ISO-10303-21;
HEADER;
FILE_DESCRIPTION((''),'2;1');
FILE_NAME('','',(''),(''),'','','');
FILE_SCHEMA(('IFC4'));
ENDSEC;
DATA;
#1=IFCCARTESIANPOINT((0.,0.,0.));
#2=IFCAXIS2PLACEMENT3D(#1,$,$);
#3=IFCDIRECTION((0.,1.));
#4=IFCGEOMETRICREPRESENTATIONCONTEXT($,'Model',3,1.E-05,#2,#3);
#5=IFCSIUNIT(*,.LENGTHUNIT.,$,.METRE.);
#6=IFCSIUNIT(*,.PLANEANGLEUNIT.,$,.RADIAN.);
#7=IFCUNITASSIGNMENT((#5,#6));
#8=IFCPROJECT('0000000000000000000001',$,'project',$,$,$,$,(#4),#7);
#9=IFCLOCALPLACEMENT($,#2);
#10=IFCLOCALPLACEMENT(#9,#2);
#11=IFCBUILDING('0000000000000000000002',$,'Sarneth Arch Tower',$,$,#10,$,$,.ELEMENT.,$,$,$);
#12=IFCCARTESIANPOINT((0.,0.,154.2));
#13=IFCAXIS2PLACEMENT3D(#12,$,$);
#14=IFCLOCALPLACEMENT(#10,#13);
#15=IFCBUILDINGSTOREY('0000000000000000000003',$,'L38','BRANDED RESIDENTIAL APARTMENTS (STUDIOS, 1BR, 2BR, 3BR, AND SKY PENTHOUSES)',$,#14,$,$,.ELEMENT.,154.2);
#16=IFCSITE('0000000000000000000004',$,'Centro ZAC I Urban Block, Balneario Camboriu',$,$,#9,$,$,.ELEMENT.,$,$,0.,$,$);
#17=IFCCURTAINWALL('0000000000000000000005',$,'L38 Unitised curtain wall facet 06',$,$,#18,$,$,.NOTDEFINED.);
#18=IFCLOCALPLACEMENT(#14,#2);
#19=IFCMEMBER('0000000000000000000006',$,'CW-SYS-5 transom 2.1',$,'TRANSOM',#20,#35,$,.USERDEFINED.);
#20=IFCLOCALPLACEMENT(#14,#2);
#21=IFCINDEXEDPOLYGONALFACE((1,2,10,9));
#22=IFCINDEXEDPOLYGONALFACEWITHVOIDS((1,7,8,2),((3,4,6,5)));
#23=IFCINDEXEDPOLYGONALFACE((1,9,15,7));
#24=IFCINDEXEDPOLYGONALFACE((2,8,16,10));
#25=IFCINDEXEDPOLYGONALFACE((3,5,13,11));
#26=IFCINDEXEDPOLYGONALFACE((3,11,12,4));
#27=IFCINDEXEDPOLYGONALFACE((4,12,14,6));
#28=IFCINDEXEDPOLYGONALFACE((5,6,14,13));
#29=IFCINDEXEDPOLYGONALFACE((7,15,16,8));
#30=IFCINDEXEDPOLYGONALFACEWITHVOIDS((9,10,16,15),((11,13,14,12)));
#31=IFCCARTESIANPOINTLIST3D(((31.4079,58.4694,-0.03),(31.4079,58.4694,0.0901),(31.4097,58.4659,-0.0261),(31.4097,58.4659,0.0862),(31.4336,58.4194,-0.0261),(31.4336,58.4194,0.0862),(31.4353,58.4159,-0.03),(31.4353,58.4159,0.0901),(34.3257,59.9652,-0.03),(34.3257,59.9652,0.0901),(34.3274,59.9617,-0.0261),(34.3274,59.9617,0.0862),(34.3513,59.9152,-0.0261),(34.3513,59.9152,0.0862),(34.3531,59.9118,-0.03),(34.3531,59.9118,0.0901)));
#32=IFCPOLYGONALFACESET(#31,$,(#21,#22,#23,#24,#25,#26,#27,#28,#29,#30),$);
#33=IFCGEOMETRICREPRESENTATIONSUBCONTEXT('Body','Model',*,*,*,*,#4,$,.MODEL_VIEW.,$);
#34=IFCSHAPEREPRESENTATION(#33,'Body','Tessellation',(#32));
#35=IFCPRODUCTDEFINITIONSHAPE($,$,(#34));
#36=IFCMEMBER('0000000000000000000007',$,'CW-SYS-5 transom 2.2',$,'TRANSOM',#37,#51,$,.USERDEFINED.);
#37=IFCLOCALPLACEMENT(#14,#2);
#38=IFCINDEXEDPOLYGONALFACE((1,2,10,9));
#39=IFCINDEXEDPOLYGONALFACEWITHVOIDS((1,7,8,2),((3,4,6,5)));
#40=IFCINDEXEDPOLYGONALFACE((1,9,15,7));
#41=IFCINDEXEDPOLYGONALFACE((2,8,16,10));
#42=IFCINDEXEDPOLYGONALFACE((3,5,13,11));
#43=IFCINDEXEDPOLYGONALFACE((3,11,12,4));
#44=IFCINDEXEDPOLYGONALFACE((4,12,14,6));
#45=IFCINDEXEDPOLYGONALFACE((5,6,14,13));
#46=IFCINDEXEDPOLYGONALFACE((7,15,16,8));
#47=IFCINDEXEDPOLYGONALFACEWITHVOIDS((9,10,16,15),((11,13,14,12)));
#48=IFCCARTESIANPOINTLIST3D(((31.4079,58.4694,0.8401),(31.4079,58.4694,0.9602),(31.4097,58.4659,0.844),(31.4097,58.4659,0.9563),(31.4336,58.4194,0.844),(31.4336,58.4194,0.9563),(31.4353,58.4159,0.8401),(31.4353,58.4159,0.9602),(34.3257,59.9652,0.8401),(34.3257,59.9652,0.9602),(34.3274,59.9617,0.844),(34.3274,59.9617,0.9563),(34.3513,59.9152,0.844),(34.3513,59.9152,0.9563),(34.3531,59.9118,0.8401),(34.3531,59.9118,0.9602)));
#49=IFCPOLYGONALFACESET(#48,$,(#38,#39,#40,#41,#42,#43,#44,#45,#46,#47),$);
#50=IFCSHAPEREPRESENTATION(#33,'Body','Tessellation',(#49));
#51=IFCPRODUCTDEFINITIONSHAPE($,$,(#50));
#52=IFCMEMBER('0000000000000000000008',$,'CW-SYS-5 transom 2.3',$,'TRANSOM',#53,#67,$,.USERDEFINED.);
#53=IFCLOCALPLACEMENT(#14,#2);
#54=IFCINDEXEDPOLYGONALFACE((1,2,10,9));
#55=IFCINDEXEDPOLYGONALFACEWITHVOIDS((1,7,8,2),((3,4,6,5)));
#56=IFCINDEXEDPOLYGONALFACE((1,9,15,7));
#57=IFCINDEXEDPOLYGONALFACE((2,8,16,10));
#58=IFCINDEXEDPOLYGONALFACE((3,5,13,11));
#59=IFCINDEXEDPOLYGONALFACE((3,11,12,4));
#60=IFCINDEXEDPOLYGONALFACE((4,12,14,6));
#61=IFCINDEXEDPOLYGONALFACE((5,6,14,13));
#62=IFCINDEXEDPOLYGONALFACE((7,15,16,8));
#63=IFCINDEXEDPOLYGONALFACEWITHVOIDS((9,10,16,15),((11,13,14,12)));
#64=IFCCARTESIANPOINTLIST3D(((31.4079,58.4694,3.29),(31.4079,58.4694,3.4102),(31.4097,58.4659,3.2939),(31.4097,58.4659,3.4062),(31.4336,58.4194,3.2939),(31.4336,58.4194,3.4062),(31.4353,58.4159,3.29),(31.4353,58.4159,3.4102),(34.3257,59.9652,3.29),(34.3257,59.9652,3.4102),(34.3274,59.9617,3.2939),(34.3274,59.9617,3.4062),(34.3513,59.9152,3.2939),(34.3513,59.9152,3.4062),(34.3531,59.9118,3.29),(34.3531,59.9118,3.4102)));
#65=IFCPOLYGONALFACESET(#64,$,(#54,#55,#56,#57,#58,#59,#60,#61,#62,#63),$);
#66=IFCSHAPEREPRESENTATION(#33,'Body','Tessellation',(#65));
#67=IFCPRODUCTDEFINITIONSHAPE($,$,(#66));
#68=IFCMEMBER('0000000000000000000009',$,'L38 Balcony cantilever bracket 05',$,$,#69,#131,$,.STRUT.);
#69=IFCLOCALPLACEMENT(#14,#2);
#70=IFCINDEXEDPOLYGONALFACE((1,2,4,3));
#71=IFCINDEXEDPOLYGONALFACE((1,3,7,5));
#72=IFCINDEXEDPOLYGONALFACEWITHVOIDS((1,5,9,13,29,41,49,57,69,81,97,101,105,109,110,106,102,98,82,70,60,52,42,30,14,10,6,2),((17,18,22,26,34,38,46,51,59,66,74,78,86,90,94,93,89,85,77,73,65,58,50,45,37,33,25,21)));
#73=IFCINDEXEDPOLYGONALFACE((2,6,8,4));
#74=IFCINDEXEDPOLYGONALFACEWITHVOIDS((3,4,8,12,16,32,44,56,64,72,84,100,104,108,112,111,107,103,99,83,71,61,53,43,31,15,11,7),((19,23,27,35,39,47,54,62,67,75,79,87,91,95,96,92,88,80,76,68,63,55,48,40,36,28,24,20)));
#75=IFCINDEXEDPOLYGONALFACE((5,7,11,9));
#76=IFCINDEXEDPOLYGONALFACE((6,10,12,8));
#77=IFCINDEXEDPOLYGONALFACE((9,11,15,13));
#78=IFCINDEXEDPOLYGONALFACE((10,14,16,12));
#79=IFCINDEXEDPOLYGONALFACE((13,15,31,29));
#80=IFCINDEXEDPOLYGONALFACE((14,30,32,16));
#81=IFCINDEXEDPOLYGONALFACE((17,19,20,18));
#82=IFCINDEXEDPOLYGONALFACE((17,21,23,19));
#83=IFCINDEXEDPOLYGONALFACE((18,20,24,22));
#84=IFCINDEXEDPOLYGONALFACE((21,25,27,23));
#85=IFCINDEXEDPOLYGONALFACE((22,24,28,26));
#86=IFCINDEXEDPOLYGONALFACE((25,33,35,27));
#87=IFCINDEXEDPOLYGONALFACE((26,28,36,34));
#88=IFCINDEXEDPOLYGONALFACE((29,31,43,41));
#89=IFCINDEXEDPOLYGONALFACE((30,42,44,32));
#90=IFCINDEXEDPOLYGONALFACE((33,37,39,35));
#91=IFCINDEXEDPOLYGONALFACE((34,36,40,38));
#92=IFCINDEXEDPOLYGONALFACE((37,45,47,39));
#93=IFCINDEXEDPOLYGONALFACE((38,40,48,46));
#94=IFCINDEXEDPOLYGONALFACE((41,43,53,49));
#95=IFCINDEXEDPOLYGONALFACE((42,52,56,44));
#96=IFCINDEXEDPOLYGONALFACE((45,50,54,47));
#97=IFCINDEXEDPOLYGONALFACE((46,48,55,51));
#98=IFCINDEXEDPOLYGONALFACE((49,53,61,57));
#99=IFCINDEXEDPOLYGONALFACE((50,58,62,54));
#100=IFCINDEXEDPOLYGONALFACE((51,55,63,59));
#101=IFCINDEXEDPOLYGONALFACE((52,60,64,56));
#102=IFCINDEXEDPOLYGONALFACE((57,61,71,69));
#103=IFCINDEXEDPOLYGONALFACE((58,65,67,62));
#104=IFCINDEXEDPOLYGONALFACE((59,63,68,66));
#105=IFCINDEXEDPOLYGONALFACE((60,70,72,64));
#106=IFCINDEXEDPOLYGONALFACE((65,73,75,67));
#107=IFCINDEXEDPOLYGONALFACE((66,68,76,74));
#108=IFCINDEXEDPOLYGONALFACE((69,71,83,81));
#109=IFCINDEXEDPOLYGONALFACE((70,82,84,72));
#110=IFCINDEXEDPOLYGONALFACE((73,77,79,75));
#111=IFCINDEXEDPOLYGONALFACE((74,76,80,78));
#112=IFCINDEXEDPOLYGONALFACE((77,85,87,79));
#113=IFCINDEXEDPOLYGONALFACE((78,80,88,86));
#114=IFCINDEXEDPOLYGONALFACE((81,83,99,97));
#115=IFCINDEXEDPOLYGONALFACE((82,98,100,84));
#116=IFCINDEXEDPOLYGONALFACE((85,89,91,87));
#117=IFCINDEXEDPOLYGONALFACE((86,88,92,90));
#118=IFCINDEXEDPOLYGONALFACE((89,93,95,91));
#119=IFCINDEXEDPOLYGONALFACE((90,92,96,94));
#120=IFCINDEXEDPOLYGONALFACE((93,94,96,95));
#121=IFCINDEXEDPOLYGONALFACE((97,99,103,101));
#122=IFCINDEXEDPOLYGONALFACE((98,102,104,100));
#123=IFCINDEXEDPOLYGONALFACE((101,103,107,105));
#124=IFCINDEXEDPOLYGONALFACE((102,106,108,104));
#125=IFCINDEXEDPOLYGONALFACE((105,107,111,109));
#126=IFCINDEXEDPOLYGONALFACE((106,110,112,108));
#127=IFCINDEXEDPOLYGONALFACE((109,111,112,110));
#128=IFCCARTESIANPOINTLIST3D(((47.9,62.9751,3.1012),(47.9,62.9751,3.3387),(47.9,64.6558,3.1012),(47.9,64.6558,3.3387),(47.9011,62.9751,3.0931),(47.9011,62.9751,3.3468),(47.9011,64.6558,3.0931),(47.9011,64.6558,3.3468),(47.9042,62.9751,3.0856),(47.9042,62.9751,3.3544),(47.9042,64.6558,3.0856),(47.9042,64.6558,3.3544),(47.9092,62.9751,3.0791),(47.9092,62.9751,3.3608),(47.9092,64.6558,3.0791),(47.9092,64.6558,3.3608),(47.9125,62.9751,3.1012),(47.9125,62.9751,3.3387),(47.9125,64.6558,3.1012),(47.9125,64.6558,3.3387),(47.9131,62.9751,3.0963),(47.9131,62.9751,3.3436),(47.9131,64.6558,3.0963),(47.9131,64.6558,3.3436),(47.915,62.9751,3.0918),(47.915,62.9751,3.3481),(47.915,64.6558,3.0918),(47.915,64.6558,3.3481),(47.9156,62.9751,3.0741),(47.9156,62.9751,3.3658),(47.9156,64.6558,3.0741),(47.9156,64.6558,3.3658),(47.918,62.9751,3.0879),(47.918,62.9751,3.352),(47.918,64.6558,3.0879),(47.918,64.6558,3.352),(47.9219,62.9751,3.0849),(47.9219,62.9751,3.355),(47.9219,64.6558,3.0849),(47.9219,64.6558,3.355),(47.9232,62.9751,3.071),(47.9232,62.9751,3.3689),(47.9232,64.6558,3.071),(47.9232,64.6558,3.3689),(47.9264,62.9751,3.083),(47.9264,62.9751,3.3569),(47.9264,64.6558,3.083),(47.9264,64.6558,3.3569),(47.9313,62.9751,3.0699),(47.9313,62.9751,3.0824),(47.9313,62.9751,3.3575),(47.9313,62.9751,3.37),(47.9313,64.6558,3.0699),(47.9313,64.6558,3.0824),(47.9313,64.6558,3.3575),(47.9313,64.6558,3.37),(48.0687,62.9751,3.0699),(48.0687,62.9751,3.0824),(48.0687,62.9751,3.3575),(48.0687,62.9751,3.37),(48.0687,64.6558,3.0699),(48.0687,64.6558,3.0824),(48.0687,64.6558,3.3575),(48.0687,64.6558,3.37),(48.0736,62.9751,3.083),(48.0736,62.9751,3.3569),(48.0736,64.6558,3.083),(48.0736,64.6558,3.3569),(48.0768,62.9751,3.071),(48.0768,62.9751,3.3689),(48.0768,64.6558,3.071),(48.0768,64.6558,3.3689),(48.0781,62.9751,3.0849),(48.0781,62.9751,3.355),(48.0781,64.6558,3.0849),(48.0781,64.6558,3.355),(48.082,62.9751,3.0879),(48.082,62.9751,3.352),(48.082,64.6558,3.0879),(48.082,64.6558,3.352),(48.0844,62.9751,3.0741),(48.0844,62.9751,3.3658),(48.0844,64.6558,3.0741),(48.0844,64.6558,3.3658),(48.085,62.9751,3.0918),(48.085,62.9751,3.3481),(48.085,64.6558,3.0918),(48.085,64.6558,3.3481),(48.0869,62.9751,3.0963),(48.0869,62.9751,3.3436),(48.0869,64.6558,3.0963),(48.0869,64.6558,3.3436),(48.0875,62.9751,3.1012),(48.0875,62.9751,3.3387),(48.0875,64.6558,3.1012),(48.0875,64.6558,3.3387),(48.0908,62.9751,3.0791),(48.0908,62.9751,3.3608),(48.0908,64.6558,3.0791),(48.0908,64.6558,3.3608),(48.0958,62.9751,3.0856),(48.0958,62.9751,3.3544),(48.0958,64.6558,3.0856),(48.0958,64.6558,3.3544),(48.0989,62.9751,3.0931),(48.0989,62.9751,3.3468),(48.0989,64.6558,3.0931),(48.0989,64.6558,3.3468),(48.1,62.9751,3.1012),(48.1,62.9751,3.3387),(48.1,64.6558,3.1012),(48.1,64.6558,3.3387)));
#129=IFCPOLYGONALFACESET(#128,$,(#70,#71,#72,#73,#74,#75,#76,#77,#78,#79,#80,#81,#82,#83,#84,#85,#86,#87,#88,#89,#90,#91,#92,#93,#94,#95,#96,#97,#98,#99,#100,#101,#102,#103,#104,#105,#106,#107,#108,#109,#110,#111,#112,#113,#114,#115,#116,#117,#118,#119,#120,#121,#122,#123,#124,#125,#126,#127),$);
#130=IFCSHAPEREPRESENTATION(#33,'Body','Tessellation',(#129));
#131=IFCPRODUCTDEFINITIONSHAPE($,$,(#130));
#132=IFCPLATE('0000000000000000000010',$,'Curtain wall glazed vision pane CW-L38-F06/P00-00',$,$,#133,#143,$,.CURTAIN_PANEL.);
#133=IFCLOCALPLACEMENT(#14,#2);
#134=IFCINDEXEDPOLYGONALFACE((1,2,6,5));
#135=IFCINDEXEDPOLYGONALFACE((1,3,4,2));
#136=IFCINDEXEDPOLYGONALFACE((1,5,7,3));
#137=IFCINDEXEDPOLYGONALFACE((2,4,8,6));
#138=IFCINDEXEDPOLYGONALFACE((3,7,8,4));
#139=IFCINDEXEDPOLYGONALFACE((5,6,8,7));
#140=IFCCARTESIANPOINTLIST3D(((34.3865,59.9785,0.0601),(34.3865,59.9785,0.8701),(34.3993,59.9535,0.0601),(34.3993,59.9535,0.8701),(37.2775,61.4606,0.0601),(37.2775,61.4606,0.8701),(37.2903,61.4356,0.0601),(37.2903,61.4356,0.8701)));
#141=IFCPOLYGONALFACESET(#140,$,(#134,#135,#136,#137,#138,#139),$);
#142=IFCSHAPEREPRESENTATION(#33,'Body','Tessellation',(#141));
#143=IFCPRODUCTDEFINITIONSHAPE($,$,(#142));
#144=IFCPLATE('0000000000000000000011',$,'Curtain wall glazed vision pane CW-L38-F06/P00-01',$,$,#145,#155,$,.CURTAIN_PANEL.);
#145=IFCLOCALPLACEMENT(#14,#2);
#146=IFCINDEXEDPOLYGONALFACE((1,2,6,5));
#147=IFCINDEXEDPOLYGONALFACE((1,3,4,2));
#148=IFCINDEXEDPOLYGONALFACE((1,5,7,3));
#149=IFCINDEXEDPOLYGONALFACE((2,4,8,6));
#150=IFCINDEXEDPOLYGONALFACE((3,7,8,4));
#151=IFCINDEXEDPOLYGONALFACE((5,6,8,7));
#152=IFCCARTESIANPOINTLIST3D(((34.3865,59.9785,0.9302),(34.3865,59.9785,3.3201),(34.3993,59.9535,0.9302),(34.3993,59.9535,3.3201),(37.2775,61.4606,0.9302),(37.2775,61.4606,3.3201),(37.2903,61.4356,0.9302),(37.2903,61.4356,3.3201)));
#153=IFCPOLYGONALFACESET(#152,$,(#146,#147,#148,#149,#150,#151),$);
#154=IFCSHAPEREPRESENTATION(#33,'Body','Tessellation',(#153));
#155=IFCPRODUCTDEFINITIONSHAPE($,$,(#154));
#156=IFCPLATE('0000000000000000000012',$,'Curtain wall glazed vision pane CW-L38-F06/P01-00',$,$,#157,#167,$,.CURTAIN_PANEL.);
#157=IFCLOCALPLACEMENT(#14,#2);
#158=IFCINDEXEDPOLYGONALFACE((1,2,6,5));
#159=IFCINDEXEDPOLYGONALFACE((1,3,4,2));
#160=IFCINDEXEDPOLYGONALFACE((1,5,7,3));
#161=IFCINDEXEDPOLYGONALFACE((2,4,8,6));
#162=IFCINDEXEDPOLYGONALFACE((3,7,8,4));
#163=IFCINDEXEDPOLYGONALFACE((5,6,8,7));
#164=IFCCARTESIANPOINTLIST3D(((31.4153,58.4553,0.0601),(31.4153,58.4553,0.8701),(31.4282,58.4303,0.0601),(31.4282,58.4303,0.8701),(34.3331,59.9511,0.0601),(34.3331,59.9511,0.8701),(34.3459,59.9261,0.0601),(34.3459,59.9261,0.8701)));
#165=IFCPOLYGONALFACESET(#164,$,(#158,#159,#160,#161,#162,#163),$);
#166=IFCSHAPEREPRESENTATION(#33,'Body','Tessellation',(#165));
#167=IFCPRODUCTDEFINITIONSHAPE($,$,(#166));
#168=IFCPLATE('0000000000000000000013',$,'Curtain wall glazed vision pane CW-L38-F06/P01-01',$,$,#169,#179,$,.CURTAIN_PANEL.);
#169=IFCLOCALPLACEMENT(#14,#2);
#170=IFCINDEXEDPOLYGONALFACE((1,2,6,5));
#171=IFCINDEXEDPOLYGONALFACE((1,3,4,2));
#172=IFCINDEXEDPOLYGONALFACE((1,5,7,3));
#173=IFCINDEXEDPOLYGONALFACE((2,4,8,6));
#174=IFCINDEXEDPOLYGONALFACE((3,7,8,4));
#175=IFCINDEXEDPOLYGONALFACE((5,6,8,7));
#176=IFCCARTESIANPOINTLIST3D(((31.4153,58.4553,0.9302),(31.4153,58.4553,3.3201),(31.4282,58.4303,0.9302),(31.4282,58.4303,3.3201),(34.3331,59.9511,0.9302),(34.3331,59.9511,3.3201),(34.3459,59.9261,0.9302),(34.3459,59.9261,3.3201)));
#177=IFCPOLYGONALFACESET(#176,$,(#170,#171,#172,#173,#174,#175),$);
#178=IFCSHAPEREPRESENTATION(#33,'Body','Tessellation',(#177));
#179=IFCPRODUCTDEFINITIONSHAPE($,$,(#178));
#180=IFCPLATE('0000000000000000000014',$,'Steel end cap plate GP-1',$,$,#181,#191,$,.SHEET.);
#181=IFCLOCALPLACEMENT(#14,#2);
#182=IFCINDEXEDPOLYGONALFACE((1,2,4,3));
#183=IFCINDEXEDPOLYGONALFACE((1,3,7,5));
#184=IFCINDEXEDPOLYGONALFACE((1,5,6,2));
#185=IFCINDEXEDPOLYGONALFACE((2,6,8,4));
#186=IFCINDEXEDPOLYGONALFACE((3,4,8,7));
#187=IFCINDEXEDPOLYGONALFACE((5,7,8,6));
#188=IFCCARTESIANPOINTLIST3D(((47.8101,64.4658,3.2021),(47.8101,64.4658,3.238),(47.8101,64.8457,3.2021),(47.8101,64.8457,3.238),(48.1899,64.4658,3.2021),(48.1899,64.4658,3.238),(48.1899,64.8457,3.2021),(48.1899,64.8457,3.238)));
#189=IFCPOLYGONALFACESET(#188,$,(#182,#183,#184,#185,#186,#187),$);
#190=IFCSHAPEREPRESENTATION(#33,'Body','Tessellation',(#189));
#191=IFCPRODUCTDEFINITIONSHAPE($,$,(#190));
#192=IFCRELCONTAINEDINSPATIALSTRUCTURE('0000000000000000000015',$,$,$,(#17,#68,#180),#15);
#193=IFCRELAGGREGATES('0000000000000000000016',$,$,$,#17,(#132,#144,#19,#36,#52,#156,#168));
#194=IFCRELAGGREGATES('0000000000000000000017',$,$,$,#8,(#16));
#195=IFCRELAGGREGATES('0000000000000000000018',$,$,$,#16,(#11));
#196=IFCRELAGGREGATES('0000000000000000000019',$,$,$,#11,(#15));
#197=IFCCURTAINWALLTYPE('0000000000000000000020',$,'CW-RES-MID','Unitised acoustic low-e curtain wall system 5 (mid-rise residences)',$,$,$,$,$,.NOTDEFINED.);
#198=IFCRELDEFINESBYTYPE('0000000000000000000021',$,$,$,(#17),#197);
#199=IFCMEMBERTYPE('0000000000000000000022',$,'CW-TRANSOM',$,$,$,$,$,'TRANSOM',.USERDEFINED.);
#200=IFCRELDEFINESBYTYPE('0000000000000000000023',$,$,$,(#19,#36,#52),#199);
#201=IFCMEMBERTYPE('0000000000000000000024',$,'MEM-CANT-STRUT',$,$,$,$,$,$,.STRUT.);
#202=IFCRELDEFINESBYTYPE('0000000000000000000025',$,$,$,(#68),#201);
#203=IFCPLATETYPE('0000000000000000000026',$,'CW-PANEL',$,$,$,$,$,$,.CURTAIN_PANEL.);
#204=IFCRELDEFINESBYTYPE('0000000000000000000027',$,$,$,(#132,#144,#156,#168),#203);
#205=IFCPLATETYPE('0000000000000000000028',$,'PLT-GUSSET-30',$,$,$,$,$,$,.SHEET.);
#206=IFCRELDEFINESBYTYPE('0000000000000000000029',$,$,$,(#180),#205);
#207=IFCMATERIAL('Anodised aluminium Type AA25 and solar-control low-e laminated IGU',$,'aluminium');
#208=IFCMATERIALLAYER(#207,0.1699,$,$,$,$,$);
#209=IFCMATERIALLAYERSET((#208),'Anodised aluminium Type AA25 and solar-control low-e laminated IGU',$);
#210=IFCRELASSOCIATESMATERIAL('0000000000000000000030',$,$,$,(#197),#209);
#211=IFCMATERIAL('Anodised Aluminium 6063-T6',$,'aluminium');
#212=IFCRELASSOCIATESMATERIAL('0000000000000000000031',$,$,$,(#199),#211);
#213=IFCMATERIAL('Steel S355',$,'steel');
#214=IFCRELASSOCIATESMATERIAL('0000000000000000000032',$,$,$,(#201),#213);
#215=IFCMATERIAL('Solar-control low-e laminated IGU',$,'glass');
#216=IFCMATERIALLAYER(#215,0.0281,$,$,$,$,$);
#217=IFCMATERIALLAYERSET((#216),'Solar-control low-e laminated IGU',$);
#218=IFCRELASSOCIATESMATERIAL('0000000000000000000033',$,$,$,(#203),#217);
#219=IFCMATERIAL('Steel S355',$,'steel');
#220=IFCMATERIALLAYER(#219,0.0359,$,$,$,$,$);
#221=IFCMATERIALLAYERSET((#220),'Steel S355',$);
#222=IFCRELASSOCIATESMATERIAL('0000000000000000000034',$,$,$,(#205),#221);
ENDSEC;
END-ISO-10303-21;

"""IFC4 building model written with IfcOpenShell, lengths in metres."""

from ifc_helpers import new_model, si_unit, direction, frame, origin, origin_2d, place, context, subcontext, project, spatial, rectangle, hollow_rectangle, extrude, material, layer, layer_set, material_profile, profile_set, type_object, element, aggregate, save


model = new_model("IFC4")

# Units and contexts
model_context = context("Model", 3, precision=1e-05, world=origin(), true_north=direction((0.0, 1.0)))
body_context = subcontext(model_context, "Body", "Model", "MODEL_VIEW")
ifc_project = project(units=[si_unit("LENGTHUNIT", "METRE"), si_unit("PLANEANGLEUNIT", "RADIAN")], contexts=[model_context])

# Site, building, storey
site_placement = place(None, origin())
site = spatial("IfcSite", under=ifc_project, at=site_placement, Name="Centro ZAC I Urban Block, Balneario Camboriu", CompositionType="ELEMENT", RefElevation=0.0)
building_placement = place(site_placement, origin())
building = spatial("IfcBuilding", under=site, at=building_placement, Name="Sarneth Arch Tower", CompositionType="ELEMENT")
storey_placement = place(building_placement, frame((0.0, 0.0, 154.2)))
storey = spatial("IfcBuildingStorey", under=building, at=storey_placement, Name="L38", Description="BRANDED RESIDENTIAL APARTMENTS (STUDIOS, 1BR, 2BR, 3BR, AND SKY PENTHOUSES)", CompositionType="ELEMENT", Elevation=154.2)

# Curtain wall, members
ifc_material_1 = material(Name="Anodised aluminium Type AA25 and solar-control low-e laminated IGU", Category="aluminium")
ifc_layer_1 = layer(ifc_material_1, 0.1699)
ifc_layer_set_1 = layer_set([ifc_layer_1], Name="Anodised aluminium Type AA25 and solar-control low-e laminated IGU")
curtain_wall_type = type_object("IfcCurtainWallType", Name="CW-RES-MID", Description="Unitised acoustic low-e curtain wall system 5 (mid-rise residences)", PredefinedType="NOTDEFINED", material=ifc_layer_set_1)
curtain_wall_placement = place(storey_placement, origin())
curtain_wall = element("IfcCurtainWall", 1, at=curtain_wall_placement, inside=storey, type_object=curtain_wall_type, Name="L38 Unitised curtain wall facet 06", PredefinedType="NOTDEFINED")
ifc_material_2 = material(Name="Anodised Aluminium 6063-T6", Category="aluminium")
ifc_material_profile_1 = material_profile(ifc_material_2, hollow_rectangle(XDim=0.0601, YDim=0.1201, WallThickness=0.0039, at=origin_2d()), Name="AL-TRAN-120x60x4")
ifc_profile_set_1 = profile_set([ifc_material_profile_1], Name="Anodised Aluminium 6063-T6")
member_type_1 = type_object("IfcMemberType", Name="CW-TRANSOM", ElementType="TRANSOM", PredefinedType="USERDEFINED", material=ifc_profile_set_1)
member_1_placement = place(storey_placement, frame((34.3394, 59.9385, 0.03), z_axis=(-0.889869, -0.456215, 0.0), x_axis=(0.456215, -0.889869, 0.0)))
member_1 = element("IfcMember", 2, at=member_1_placement, type_object=member_type_1, Name="CW-SYS-5 transom 2.1", ObjectType="TRANSOM", PredefinedType="USERDEFINED", context=body_context, shape_type="SweptSolid", body=[
    extrude(hollow_rectangle(XDim=0.0601, YDim=0.1201, WallThickness=0.0039, at=origin_2d()), origin(), (0.0, 0.0, 1.0), 3.2788),
])
member_2_placement = place(storey_placement, frame((34.3394, 59.9385, 0.9001), z_axis=(-0.889869, -0.456215, 0.0), x_axis=(0.456215, -0.889869, 0.0)))
member_2 = element("IfcMember", 3, at=member_2_placement, type_object=member_type_1, Name="CW-SYS-5 transom 2.2", ObjectType="TRANSOM", PredefinedType="USERDEFINED", context=body_context, shape_type="SweptSolid", body=[
    extrude(hollow_rectangle(XDim=0.0601, YDim=0.1201, WallThickness=0.0039, at=origin_2d()), origin(), (0.0, 0.0, 1.0), 3.2788),
])
member_3_placement = place(storey_placement, frame((34.3394, 59.9385, 3.3501), z_axis=(-0.889869, -0.456215, 0.0), x_axis=(0.456215, -0.889869, 0.0)))
member_3 = element("IfcMember", 4, at=member_3_placement, type_object=member_type_1, Name="CW-SYS-5 transom 2.3", ObjectType="TRANSOM", PredefinedType="USERDEFINED", context=body_context, shape_type="SweptSolid", body=[
    extrude(hollow_rectangle(XDim=0.0601, YDim=0.1201, WallThickness=0.0039, at=origin_2d()), origin(), (0.0, 0.0, 1.0), 3.2788),
])

# Member
ifc_material_3 = material(Name="Steel S355", Category="steel")
ifc_material_profile_2 = material_profile(ifc_material_3, hollow_rectangle(XDim=0.2, YDim=0.3, WallThickness=0.0125, InnerFilletRadius=0.0188, OuterFilletRadius=0.0312, at=origin_2d()), Name="RHS300x200x12.5")
ifc_profile_set_2 = profile_set([ifc_material_profile_2], Name="Steel S355")
member_type_2 = type_object("IfcMemberType", Name="MEM-CANT-STRUT", PredefinedType="STRUT", material=ifc_profile_set_2)
member_4_placement = place(storey_placement, frame((48.0, 62.9751, 3.22), z_axis=(0.0, 1.0, 0.0), x_axis=(-1.0, 0.0, 0.0)))
element("IfcMember", 5, at=member_4_placement, inside=storey, type_object=member_type_2, Name="L38 Balcony cantilever bracket 05", PredefinedType="STRUT", context=body_context, shape_type="SweptSolid", body=[
    extrude(hollow_rectangle(XDim=0.2, YDim=0.3, WallThickness=0.0125, InnerFilletRadius=0.0188, OuterFilletRadius=0.0312, at=origin_2d()), origin(), (0.0, 0.0, 1.0), 1.6807),
])

# Plates
ifc_material_4 = material(Name="Solar-control low-e laminated IGU", Category="glass")
ifc_layer_2 = layer(ifc_material_4, 0.0281)
ifc_layer_set_2 = layer_set([ifc_layer_2], Name="Solar-control low-e laminated IGU")
plate_type_1 = type_object("IfcPlateType", Name="CW-PANEL", PredefinedType="CURTAIN_PANEL", material=ifc_layer_set_2)
plate_1_placement = place(storey_placement, frame((35.8384, 60.707, 0.0601), z_axis=(0.0, 0.0, 1.0), x_axis=(-0.889873, -0.456208, 0.0)))
plate_1 = element("IfcPlate", 6, at=plate_1_placement, type_object=plate_type_1, Name="Curtain wall glazed vision pane CW-L38-F06/P00-00", PredefinedType="CURTAIN_PANEL", context=body_context, shape_type="SweptSolid", body=[
    extrude(rectangle(XDim=3.2488, YDim=0.0281, at=origin_2d()), origin(), (0.0, 0.0, 1.0), 0.8101),
])
plate_2_placement = place(storey_placement, frame((35.8384, 60.707, 0.9302), z_axis=(0.0, 0.0, 1.0), x_axis=(-0.889873, -0.456208, 0.0)))
plate_2 = element("IfcPlate", 7, at=plate_2_placement, type_object=plate_type_1, Name="Curtain wall glazed vision pane CW-L38-F06/P00-01", PredefinedType="CURTAIN_PANEL", context=body_context, shape_type="SweptSolid", body=[
    extrude(rectangle(XDim=3.2488, YDim=0.0281, at=origin_2d()), origin(), (0.0, 0.0, 1.0), 2.3899),
])
plate_3_placement = place(storey_placement, frame((32.8806, 59.1907, 0.0601), z_axis=(0.0, 0.0, 1.0), x_axis=(-0.889873, -0.456208, 0.0)))
plate_3 = element("IfcPlate", 8, at=plate_3_placement, type_object=plate_type_1, Name="Curtain wall glazed vision pane CW-L38-F06/P01-00", PredefinedType="CURTAIN_PANEL", context=body_context, shape_type="SweptSolid", body=[
    extrude(rectangle(XDim=3.2788, YDim=0.0281, at=origin_2d()), origin(), (0.0, 0.0, 1.0), 0.8101),
])
plate_4_placement = place(storey_placement, frame((32.8806, 59.1907, 0.9302), z_axis=(0.0, 0.0, 1.0), x_axis=(-0.889873, -0.456208, 0.0)))
plate_4 = element("IfcPlate", 9, at=plate_4_placement, type_object=plate_type_1, Name="Curtain wall glazed vision pane CW-L38-F06/P01-01", PredefinedType="CURTAIN_PANEL", context=body_context, shape_type="SweptSolid", body=[
    extrude(rectangle(XDim=3.2788, YDim=0.0281, at=origin_2d()), origin(), (0.0, 0.0, 1.0), 2.3899),
])
aggregate(curtain_wall, [plate_1, plate_2, member_1, member_2, member_3, plate_3, plate_4])
ifc_material_5 = material(Name="Steel S355", Category="steel")
ifc_layer_3 = layer(ifc_material_5, 0.0359)
ifc_layer_set_3 = layer_set([ifc_layer_3], Name="Steel S355")
plate_type_2 = type_object("IfcPlateType", Name="PLT-GUSSET-30", PredefinedType="SHEET", material=ifc_layer_set_3)
plate_5_placement = place(storey_placement, frame((48.0, 64.6558, 3.2021), z_axis=(0.0, 0.0, 1.0), x_axis=(0.0, 1.0, 0.0)))
element("IfcPlate", 10, at=plate_5_placement, inside=storey, type_object=plate_type_2, Name="Steel end cap plate GP-1", PredefinedType="SHEET", context=body_context, shape_type="SweptSolid", body=[
    extrude(rectangle(XDim=0.3799, YDim=0.3799, at=origin_2d()), origin(), (0.0, 0.0, 1.0), 0.0359),
])

save(model, "model.ifc")
